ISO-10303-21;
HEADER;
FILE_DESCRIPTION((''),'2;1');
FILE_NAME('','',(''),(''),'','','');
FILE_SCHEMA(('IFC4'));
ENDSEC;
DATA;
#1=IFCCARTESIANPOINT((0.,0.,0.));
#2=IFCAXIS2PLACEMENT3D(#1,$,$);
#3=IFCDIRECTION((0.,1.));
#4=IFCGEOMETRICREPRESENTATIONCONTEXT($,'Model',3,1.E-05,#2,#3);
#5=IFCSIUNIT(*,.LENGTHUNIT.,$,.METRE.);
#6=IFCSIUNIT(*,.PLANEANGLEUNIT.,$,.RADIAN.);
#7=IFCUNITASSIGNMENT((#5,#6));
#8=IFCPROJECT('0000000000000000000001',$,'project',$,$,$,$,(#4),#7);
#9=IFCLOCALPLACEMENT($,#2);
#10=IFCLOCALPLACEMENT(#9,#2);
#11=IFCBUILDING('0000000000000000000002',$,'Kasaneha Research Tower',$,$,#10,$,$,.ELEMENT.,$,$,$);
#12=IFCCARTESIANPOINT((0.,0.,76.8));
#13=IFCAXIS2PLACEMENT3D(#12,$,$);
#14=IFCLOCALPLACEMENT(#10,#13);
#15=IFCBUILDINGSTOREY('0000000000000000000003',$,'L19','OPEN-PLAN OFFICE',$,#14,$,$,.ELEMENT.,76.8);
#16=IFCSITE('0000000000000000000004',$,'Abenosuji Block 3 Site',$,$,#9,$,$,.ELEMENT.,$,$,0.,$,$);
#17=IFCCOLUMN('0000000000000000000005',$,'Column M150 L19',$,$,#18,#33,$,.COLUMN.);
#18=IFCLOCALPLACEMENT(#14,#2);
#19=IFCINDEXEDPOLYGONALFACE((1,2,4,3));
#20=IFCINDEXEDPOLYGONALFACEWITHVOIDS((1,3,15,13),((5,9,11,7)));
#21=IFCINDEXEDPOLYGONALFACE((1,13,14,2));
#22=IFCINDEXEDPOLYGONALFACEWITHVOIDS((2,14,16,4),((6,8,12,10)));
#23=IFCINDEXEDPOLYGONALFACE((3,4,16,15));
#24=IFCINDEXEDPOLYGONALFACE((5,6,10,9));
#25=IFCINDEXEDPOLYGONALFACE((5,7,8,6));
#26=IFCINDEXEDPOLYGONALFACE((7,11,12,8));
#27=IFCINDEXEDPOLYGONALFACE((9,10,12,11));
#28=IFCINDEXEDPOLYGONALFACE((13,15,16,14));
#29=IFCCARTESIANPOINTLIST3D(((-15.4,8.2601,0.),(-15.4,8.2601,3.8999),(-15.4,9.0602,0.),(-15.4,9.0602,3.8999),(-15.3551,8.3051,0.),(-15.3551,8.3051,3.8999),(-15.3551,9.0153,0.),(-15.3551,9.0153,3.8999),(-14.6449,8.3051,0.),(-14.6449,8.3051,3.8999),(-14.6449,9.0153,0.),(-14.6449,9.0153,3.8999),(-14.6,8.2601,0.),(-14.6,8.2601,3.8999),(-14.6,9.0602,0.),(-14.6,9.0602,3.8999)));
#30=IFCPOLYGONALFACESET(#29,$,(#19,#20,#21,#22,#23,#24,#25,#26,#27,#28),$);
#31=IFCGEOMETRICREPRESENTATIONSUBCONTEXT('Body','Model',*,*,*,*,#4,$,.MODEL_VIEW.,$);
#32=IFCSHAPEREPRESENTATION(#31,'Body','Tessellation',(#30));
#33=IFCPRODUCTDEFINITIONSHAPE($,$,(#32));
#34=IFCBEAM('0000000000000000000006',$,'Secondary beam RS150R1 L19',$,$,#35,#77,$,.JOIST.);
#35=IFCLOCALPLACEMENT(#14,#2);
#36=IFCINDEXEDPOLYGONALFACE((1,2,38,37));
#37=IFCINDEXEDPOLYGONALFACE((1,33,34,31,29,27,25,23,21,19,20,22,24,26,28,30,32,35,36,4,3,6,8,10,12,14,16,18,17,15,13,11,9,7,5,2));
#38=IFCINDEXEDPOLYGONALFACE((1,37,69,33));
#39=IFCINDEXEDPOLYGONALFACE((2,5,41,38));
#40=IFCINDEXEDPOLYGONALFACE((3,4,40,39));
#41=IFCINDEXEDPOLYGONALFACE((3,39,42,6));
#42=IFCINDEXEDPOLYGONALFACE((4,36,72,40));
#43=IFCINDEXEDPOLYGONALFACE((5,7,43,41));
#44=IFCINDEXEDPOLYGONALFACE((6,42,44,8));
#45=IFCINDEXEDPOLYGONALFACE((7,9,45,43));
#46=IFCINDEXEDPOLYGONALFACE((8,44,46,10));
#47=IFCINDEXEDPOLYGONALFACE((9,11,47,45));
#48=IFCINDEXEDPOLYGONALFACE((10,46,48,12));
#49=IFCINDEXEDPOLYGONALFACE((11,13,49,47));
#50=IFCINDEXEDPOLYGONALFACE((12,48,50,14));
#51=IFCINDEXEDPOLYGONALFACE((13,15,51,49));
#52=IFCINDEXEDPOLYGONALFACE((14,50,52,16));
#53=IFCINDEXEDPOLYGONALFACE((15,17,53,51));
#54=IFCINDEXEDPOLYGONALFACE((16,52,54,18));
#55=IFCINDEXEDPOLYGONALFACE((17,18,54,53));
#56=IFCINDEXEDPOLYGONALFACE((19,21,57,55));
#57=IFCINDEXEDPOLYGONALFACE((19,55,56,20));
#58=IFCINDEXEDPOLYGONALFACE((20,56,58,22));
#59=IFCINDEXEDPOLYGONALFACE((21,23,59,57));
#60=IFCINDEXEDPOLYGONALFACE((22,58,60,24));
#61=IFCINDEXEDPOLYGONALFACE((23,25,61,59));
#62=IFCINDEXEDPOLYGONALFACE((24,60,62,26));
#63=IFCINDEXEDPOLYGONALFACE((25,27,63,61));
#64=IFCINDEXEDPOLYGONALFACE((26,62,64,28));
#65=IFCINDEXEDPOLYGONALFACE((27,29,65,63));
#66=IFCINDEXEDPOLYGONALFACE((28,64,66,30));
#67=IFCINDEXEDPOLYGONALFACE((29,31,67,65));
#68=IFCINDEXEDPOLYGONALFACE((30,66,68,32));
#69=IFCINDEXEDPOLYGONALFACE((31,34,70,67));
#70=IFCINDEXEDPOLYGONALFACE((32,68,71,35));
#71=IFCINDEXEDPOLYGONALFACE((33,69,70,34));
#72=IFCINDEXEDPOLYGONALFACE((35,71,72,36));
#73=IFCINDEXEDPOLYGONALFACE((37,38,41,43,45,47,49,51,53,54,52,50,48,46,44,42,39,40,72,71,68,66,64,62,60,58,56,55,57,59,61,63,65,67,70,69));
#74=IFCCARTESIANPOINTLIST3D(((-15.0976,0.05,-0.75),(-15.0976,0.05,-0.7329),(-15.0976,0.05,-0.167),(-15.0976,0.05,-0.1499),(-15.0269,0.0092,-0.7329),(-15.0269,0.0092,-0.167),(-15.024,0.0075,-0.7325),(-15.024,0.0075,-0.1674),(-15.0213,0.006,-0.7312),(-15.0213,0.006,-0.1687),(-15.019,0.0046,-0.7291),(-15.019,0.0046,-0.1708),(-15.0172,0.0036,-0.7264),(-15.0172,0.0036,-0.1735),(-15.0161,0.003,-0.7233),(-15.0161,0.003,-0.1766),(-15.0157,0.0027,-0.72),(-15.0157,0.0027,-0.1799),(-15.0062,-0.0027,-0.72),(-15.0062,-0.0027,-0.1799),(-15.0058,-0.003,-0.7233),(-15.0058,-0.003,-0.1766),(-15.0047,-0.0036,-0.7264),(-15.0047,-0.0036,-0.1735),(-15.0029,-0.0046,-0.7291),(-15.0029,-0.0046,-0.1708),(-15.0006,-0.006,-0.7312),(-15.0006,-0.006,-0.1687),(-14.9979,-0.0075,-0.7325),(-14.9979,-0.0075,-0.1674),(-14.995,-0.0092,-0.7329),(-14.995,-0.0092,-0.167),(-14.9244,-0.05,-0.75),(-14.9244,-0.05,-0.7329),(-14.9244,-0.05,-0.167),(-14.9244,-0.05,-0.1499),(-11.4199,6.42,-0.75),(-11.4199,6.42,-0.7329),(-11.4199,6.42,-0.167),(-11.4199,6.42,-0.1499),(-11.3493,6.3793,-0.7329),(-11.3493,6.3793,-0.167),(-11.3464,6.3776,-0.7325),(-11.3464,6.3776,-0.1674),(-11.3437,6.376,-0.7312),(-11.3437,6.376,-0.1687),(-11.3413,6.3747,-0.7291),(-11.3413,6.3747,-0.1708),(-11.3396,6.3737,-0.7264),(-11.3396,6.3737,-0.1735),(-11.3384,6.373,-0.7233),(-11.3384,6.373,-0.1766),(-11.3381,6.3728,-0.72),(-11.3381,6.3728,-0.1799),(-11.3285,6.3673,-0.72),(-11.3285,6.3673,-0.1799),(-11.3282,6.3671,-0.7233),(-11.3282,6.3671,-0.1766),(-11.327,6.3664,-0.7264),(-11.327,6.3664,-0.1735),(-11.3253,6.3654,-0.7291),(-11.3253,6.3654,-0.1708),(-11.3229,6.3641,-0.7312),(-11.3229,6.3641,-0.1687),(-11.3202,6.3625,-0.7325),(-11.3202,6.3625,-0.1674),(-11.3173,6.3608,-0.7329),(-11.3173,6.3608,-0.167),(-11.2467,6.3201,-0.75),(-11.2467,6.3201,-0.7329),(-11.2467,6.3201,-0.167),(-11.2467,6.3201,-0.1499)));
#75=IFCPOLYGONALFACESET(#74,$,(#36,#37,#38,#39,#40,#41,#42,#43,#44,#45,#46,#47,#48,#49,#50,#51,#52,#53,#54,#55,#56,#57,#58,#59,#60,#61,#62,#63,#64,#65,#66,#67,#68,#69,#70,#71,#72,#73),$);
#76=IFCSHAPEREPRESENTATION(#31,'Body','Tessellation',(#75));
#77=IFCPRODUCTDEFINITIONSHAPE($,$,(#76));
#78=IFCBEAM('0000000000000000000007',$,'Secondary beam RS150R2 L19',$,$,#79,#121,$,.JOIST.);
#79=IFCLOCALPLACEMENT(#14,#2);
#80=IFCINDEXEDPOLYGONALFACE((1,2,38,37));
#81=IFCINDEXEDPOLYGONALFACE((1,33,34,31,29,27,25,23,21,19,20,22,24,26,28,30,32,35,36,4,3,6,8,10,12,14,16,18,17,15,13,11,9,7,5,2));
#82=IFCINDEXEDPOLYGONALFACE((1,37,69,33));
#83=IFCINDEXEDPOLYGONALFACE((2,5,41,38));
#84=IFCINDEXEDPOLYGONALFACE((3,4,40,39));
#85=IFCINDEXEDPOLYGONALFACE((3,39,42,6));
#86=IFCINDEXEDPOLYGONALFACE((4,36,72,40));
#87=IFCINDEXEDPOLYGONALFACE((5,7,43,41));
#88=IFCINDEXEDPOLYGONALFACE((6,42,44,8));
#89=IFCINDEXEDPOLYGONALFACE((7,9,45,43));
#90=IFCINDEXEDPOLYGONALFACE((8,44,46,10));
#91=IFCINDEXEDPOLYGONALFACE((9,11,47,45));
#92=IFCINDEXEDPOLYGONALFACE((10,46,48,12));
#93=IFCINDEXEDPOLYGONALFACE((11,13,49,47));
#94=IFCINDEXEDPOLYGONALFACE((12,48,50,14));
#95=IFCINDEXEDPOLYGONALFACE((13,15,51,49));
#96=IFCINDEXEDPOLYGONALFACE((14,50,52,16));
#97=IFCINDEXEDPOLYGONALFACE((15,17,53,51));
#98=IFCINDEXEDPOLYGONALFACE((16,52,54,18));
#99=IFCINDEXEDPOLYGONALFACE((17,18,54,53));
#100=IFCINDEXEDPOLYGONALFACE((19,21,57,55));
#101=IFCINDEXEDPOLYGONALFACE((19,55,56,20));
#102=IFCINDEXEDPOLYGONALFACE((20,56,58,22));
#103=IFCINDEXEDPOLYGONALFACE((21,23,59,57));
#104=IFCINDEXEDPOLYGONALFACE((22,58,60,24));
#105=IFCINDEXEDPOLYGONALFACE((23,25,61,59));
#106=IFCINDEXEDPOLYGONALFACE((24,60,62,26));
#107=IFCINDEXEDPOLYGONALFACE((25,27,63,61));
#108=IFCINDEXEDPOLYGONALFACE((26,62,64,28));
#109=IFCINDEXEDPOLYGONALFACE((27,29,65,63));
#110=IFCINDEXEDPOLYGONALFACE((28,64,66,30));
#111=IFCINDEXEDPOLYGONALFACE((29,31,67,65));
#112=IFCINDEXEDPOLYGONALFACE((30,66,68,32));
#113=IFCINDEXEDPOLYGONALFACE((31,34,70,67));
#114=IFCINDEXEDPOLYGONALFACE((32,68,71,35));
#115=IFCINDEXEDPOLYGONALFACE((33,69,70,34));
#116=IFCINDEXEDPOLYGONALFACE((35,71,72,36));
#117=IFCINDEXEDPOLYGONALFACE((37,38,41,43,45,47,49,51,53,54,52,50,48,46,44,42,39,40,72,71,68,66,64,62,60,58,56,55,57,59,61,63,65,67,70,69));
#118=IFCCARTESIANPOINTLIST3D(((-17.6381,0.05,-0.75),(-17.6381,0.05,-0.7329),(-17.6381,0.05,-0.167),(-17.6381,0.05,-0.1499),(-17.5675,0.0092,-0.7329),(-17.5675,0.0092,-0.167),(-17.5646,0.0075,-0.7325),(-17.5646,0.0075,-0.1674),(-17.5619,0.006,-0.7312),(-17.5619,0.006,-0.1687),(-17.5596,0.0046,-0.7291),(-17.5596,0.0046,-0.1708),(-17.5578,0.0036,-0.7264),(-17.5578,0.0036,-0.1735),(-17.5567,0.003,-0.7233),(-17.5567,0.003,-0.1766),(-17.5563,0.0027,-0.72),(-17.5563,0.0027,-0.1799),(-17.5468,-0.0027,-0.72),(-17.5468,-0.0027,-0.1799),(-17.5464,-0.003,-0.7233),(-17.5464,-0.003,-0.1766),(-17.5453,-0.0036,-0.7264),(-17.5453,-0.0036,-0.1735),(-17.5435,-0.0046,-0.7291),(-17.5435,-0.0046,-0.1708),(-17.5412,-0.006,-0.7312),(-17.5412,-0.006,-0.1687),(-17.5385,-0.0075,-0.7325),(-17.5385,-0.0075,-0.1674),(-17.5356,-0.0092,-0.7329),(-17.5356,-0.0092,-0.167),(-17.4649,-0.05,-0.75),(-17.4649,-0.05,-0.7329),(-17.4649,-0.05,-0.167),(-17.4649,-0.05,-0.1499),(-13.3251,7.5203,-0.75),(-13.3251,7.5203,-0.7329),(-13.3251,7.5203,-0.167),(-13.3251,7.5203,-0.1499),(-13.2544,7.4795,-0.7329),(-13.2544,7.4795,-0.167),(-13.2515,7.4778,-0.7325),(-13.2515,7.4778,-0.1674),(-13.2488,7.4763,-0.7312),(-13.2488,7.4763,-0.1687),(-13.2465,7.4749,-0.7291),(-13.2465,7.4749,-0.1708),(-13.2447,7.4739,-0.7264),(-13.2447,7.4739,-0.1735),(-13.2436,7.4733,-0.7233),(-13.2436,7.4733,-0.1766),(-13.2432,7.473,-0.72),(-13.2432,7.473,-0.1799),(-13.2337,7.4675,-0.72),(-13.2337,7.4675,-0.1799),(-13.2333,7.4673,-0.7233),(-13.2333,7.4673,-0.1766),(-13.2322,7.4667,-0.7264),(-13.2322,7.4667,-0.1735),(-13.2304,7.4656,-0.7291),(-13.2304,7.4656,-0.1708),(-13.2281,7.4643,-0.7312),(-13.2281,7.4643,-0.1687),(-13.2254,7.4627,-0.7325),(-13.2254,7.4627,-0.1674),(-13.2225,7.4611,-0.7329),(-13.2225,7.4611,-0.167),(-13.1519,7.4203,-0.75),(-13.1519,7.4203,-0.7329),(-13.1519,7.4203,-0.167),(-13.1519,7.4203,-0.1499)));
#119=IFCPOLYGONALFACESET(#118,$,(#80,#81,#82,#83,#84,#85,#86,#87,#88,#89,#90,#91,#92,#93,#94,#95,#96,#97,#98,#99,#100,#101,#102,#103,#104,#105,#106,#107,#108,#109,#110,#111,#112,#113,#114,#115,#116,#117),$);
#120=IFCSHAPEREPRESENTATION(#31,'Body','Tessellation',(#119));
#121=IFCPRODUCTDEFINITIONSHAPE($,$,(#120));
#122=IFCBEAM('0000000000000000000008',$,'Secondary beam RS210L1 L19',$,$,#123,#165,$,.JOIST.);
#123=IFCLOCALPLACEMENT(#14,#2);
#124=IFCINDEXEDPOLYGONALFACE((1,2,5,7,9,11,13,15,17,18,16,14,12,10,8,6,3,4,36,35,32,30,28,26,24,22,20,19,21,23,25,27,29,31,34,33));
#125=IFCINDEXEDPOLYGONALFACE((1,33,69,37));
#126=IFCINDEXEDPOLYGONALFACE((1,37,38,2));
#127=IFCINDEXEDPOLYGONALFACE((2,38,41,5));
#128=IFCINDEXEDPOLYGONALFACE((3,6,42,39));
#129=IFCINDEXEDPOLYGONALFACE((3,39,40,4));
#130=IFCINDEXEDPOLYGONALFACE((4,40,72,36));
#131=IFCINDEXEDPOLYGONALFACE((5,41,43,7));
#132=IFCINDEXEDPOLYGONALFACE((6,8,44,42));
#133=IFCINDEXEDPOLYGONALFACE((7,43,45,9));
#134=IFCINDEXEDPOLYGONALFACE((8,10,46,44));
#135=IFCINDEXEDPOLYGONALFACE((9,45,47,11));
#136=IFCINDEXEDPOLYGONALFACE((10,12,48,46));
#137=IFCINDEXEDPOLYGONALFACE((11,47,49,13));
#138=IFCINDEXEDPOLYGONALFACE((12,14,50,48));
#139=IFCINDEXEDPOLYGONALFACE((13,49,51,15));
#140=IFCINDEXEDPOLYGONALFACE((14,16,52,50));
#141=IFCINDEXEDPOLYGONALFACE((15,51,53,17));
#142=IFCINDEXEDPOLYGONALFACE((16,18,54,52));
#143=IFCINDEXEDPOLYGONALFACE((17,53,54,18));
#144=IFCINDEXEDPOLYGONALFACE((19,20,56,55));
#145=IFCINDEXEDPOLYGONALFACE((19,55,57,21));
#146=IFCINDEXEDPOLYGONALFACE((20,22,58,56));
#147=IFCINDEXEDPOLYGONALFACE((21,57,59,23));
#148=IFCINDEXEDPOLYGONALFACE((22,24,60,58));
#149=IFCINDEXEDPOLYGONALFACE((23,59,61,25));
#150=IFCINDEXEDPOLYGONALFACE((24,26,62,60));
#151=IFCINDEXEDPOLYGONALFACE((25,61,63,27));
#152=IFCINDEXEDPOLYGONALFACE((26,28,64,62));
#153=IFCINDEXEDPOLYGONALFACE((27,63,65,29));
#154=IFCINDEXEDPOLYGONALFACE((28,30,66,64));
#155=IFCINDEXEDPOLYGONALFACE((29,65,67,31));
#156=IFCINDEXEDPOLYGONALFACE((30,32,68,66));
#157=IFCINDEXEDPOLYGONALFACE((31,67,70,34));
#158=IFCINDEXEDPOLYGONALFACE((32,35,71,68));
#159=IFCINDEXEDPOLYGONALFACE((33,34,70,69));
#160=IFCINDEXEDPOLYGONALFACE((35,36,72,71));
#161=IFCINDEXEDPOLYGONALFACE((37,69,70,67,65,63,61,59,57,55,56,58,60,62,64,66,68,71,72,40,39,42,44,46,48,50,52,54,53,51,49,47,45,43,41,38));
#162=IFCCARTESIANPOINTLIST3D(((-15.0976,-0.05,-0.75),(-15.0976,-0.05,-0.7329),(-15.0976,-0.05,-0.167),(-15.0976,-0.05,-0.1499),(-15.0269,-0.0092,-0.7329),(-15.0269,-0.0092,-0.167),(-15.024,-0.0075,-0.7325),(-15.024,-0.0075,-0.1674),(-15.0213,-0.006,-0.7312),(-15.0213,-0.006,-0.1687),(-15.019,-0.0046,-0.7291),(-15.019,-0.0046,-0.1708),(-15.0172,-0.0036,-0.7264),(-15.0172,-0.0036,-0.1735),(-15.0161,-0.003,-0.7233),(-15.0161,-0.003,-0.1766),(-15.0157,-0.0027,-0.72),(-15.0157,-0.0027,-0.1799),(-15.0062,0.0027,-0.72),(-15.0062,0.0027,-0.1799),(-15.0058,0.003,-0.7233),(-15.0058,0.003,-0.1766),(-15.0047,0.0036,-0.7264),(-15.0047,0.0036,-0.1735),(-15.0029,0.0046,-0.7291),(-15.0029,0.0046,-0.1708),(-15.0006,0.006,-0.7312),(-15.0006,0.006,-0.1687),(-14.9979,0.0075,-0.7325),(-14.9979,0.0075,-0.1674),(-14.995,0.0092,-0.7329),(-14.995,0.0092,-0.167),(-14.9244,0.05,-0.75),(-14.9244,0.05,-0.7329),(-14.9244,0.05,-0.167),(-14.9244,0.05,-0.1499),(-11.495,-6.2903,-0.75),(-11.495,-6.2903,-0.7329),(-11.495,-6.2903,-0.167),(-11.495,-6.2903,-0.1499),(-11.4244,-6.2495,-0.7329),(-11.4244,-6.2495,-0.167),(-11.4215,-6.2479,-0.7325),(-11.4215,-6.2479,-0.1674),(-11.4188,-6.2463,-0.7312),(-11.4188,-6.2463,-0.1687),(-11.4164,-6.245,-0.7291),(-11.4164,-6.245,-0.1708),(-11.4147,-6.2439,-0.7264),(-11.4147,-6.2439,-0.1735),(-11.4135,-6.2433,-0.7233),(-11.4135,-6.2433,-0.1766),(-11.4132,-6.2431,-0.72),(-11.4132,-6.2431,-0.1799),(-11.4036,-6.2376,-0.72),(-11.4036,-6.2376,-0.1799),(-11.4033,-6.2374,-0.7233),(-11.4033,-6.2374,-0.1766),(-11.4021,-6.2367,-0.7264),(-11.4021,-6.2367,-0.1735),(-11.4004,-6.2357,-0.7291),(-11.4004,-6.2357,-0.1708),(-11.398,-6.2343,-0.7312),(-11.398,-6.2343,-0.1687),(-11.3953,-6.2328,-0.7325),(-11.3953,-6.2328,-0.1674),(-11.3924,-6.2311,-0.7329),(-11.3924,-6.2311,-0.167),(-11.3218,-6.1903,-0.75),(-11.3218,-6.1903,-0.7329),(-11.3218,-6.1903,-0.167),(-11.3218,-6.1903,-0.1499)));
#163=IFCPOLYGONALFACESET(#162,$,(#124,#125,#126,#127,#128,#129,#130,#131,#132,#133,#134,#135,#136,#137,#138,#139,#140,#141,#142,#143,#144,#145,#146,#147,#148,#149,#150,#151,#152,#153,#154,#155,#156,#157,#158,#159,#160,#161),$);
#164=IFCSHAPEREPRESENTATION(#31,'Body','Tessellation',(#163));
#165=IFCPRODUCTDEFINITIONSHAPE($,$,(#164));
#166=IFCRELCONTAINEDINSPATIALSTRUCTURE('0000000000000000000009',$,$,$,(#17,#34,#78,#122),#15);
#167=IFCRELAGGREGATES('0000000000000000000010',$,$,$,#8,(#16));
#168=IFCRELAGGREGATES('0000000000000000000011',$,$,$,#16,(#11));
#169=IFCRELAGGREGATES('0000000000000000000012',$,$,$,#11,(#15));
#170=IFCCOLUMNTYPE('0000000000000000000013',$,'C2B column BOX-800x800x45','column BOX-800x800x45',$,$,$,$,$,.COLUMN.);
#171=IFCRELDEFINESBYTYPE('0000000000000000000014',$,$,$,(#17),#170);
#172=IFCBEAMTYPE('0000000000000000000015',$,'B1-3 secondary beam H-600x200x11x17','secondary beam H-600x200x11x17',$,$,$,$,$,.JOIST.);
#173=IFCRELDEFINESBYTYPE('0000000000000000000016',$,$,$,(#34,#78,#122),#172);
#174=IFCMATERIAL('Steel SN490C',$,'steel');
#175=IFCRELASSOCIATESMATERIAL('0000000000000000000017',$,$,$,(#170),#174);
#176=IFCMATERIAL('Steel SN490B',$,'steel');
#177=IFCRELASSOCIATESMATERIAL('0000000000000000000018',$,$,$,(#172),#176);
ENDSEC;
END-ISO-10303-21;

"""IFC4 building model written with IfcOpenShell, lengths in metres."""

from ifc_helpers import new_model, si_unit, direction, frame, origin, origin_2d, place, context, subcontext, project, spatial, hollow_rectangle, i_section, extrude, material, material_profile, profile_set, type_object, element, save


model = new_model("IFC4")

# Units and contexts
model_context = context("Model", 3, precision=1e-05, world=origin(), true_north=direction((0.0, 1.0)))
body_context = subcontext(model_context, "Body", "Model", "MODEL_VIEW")
ifc_project = project(units=[si_unit("LENGTHUNIT", "METRE"), si_unit("PLANEANGLEUNIT", "RADIAN")], contexts=[model_context])

# Site, building, storey
site_placement = place(None, origin())
site = spatial("IfcSite", under=ifc_project, at=site_placement, Name="Abenosuji Block 3 Site", CompositionType="ELEMENT", RefElevation=0.0)
building_placement = place(site_placement, origin())
building = spatial("IfcBuilding", under=site, at=building_placement, Name="Kasaneha Research Tower", CompositionType="ELEMENT")
storey_placement = place(building_placement, frame((0.0, 0.0, 76.8)))
storey = spatial("IfcBuildingStorey", under=building, at=storey_placement, Name="L19", Description="OPEN-PLAN OFFICE", CompositionType="ELEMENT", Elevation=76.8)

# Column
ifc_material_1 = material(Name="Steel SN490C", Category="steel")
ifc_material_profile_1 = material_profile(ifc_material_1, hollow_rectangle(XDim=0.8, YDim=0.8, WallThickness=0.0449, at=origin_2d()), Name="BOX-800x800x45")
ifc_profile_set_1 = profile_set([ifc_material_profile_1], Name="Steel SN490C")
column_type = type_object("IfcColumnType", Name="C2B column BOX-800x800x45", Description="column BOX-800x800x45", PredefinedType="COLUMN", material=ifc_profile_set_1)
column_placement = place(storey_placement, frame((-15.0, 8.6602, 0.0), z_axis=(0.0, 0.0, 1.0), x_axis=(1.0, 0.0, 0.0)))
element("IfcColumn", 1, at=column_placement, inside=storey, type_object=column_type, Name="Column M150 L19", PredefinedType="COLUMN", context=body_context, shape_type="SweptSolid", body=[
    extrude(hollow_rectangle(XDim=0.8, YDim=0.8, WallThickness=0.0449, at=origin_2d()), origin(), (0.0, 0.0, 1.0), 3.8999),
])

# Beams
ifc_material_2 = material(Name="Steel SN490B", Category="steel")
ifc_material_profile_2 = material_profile(ifc_material_2, i_section(OverallWidth=0.2, OverallDepth=0.6001, WebThickness=0.011, FlangeThickness=0.0171, FilletRadius=0.0129, at=origin_2d()), Name="H-600x200x11x17")
ifc_profile_set_2 = profile_set([ifc_material_profile_2], Name="Steel SN490B")
beam_type_1 = type_object("IfcBeamType", Name="B1-3 secondary beam H-600x200x11x17", Description="secondary beam H-600x200x11x17", PredefinedType="JOIST", material=ifc_profile_set_2)
beam_1_placement = place(storey_placement, frame((-15.011, 0.0, -0.45), z_axis=(0.499994, 0.866029, 0.0), x_axis=(-0.866029, 0.499994, 0.0)))
element("IfcBeam", 2, at=beam_1_placement, inside=storey, type_object=beam_type_1, Name="Secondary beam RS150R1 L19", PredefinedType="JOIST", context=body_context, shape_type="SweptSolid", body=[
    extrude(i_section(OverallWidth=0.2, OverallDepth=0.6001, WebThickness=0.011, FlangeThickness=0.0171, FilletRadius=0.0129, at=origin_2d()), origin(), (0.0, 0.0, 1.0), 7.3555),
])
beam_2_placement = place(storey_placement, frame((-17.5515, 0.0, -0.45), z_axis=(0.500005, 0.866023, 0.0), x_axis=(-0.866023, 0.500005, 0.0)))
element("IfcBeam", 3, at=beam_2_placement, inside=storey, type_object=beam_type_1, Name="Secondary beam RS150R2 L19", PredefinedType="JOIST", context=body_context, shape_type="SweptSolid", body=[
    extrude(i_section(OverallWidth=0.2, OverallDepth=0.6001, WebThickness=0.011, FlangeThickness=0.0171, FilletRadius=0.0129, at=origin_2d()), origin(), (0.0, 0.0, 1.0), 8.626),
])
beam_3_placement = place(storey_placement, frame((-15.011, 0.0, -0.45), z_axis=(0.499973, -0.866041, 0.0), x_axis=(0.866041, 0.499973, 0.0)))
element("IfcBeam", 4, at=beam_3_placement, inside=storey, type_object=beam_type_1, Name="Secondary beam RS210L1 L19", PredefinedType="JOIST", context=body_context, shape_type="SweptSolid", body=[
    extrude(i_section(OverallWidth=0.2, OverallDepth=0.6001, WebThickness=0.011, FlangeThickness=0.0171, FilletRadius=0.0129, at=origin_2d()), origin(), (0.0, 0.0, 1.0), 7.2056),
])

save(model, "model.ifc")
